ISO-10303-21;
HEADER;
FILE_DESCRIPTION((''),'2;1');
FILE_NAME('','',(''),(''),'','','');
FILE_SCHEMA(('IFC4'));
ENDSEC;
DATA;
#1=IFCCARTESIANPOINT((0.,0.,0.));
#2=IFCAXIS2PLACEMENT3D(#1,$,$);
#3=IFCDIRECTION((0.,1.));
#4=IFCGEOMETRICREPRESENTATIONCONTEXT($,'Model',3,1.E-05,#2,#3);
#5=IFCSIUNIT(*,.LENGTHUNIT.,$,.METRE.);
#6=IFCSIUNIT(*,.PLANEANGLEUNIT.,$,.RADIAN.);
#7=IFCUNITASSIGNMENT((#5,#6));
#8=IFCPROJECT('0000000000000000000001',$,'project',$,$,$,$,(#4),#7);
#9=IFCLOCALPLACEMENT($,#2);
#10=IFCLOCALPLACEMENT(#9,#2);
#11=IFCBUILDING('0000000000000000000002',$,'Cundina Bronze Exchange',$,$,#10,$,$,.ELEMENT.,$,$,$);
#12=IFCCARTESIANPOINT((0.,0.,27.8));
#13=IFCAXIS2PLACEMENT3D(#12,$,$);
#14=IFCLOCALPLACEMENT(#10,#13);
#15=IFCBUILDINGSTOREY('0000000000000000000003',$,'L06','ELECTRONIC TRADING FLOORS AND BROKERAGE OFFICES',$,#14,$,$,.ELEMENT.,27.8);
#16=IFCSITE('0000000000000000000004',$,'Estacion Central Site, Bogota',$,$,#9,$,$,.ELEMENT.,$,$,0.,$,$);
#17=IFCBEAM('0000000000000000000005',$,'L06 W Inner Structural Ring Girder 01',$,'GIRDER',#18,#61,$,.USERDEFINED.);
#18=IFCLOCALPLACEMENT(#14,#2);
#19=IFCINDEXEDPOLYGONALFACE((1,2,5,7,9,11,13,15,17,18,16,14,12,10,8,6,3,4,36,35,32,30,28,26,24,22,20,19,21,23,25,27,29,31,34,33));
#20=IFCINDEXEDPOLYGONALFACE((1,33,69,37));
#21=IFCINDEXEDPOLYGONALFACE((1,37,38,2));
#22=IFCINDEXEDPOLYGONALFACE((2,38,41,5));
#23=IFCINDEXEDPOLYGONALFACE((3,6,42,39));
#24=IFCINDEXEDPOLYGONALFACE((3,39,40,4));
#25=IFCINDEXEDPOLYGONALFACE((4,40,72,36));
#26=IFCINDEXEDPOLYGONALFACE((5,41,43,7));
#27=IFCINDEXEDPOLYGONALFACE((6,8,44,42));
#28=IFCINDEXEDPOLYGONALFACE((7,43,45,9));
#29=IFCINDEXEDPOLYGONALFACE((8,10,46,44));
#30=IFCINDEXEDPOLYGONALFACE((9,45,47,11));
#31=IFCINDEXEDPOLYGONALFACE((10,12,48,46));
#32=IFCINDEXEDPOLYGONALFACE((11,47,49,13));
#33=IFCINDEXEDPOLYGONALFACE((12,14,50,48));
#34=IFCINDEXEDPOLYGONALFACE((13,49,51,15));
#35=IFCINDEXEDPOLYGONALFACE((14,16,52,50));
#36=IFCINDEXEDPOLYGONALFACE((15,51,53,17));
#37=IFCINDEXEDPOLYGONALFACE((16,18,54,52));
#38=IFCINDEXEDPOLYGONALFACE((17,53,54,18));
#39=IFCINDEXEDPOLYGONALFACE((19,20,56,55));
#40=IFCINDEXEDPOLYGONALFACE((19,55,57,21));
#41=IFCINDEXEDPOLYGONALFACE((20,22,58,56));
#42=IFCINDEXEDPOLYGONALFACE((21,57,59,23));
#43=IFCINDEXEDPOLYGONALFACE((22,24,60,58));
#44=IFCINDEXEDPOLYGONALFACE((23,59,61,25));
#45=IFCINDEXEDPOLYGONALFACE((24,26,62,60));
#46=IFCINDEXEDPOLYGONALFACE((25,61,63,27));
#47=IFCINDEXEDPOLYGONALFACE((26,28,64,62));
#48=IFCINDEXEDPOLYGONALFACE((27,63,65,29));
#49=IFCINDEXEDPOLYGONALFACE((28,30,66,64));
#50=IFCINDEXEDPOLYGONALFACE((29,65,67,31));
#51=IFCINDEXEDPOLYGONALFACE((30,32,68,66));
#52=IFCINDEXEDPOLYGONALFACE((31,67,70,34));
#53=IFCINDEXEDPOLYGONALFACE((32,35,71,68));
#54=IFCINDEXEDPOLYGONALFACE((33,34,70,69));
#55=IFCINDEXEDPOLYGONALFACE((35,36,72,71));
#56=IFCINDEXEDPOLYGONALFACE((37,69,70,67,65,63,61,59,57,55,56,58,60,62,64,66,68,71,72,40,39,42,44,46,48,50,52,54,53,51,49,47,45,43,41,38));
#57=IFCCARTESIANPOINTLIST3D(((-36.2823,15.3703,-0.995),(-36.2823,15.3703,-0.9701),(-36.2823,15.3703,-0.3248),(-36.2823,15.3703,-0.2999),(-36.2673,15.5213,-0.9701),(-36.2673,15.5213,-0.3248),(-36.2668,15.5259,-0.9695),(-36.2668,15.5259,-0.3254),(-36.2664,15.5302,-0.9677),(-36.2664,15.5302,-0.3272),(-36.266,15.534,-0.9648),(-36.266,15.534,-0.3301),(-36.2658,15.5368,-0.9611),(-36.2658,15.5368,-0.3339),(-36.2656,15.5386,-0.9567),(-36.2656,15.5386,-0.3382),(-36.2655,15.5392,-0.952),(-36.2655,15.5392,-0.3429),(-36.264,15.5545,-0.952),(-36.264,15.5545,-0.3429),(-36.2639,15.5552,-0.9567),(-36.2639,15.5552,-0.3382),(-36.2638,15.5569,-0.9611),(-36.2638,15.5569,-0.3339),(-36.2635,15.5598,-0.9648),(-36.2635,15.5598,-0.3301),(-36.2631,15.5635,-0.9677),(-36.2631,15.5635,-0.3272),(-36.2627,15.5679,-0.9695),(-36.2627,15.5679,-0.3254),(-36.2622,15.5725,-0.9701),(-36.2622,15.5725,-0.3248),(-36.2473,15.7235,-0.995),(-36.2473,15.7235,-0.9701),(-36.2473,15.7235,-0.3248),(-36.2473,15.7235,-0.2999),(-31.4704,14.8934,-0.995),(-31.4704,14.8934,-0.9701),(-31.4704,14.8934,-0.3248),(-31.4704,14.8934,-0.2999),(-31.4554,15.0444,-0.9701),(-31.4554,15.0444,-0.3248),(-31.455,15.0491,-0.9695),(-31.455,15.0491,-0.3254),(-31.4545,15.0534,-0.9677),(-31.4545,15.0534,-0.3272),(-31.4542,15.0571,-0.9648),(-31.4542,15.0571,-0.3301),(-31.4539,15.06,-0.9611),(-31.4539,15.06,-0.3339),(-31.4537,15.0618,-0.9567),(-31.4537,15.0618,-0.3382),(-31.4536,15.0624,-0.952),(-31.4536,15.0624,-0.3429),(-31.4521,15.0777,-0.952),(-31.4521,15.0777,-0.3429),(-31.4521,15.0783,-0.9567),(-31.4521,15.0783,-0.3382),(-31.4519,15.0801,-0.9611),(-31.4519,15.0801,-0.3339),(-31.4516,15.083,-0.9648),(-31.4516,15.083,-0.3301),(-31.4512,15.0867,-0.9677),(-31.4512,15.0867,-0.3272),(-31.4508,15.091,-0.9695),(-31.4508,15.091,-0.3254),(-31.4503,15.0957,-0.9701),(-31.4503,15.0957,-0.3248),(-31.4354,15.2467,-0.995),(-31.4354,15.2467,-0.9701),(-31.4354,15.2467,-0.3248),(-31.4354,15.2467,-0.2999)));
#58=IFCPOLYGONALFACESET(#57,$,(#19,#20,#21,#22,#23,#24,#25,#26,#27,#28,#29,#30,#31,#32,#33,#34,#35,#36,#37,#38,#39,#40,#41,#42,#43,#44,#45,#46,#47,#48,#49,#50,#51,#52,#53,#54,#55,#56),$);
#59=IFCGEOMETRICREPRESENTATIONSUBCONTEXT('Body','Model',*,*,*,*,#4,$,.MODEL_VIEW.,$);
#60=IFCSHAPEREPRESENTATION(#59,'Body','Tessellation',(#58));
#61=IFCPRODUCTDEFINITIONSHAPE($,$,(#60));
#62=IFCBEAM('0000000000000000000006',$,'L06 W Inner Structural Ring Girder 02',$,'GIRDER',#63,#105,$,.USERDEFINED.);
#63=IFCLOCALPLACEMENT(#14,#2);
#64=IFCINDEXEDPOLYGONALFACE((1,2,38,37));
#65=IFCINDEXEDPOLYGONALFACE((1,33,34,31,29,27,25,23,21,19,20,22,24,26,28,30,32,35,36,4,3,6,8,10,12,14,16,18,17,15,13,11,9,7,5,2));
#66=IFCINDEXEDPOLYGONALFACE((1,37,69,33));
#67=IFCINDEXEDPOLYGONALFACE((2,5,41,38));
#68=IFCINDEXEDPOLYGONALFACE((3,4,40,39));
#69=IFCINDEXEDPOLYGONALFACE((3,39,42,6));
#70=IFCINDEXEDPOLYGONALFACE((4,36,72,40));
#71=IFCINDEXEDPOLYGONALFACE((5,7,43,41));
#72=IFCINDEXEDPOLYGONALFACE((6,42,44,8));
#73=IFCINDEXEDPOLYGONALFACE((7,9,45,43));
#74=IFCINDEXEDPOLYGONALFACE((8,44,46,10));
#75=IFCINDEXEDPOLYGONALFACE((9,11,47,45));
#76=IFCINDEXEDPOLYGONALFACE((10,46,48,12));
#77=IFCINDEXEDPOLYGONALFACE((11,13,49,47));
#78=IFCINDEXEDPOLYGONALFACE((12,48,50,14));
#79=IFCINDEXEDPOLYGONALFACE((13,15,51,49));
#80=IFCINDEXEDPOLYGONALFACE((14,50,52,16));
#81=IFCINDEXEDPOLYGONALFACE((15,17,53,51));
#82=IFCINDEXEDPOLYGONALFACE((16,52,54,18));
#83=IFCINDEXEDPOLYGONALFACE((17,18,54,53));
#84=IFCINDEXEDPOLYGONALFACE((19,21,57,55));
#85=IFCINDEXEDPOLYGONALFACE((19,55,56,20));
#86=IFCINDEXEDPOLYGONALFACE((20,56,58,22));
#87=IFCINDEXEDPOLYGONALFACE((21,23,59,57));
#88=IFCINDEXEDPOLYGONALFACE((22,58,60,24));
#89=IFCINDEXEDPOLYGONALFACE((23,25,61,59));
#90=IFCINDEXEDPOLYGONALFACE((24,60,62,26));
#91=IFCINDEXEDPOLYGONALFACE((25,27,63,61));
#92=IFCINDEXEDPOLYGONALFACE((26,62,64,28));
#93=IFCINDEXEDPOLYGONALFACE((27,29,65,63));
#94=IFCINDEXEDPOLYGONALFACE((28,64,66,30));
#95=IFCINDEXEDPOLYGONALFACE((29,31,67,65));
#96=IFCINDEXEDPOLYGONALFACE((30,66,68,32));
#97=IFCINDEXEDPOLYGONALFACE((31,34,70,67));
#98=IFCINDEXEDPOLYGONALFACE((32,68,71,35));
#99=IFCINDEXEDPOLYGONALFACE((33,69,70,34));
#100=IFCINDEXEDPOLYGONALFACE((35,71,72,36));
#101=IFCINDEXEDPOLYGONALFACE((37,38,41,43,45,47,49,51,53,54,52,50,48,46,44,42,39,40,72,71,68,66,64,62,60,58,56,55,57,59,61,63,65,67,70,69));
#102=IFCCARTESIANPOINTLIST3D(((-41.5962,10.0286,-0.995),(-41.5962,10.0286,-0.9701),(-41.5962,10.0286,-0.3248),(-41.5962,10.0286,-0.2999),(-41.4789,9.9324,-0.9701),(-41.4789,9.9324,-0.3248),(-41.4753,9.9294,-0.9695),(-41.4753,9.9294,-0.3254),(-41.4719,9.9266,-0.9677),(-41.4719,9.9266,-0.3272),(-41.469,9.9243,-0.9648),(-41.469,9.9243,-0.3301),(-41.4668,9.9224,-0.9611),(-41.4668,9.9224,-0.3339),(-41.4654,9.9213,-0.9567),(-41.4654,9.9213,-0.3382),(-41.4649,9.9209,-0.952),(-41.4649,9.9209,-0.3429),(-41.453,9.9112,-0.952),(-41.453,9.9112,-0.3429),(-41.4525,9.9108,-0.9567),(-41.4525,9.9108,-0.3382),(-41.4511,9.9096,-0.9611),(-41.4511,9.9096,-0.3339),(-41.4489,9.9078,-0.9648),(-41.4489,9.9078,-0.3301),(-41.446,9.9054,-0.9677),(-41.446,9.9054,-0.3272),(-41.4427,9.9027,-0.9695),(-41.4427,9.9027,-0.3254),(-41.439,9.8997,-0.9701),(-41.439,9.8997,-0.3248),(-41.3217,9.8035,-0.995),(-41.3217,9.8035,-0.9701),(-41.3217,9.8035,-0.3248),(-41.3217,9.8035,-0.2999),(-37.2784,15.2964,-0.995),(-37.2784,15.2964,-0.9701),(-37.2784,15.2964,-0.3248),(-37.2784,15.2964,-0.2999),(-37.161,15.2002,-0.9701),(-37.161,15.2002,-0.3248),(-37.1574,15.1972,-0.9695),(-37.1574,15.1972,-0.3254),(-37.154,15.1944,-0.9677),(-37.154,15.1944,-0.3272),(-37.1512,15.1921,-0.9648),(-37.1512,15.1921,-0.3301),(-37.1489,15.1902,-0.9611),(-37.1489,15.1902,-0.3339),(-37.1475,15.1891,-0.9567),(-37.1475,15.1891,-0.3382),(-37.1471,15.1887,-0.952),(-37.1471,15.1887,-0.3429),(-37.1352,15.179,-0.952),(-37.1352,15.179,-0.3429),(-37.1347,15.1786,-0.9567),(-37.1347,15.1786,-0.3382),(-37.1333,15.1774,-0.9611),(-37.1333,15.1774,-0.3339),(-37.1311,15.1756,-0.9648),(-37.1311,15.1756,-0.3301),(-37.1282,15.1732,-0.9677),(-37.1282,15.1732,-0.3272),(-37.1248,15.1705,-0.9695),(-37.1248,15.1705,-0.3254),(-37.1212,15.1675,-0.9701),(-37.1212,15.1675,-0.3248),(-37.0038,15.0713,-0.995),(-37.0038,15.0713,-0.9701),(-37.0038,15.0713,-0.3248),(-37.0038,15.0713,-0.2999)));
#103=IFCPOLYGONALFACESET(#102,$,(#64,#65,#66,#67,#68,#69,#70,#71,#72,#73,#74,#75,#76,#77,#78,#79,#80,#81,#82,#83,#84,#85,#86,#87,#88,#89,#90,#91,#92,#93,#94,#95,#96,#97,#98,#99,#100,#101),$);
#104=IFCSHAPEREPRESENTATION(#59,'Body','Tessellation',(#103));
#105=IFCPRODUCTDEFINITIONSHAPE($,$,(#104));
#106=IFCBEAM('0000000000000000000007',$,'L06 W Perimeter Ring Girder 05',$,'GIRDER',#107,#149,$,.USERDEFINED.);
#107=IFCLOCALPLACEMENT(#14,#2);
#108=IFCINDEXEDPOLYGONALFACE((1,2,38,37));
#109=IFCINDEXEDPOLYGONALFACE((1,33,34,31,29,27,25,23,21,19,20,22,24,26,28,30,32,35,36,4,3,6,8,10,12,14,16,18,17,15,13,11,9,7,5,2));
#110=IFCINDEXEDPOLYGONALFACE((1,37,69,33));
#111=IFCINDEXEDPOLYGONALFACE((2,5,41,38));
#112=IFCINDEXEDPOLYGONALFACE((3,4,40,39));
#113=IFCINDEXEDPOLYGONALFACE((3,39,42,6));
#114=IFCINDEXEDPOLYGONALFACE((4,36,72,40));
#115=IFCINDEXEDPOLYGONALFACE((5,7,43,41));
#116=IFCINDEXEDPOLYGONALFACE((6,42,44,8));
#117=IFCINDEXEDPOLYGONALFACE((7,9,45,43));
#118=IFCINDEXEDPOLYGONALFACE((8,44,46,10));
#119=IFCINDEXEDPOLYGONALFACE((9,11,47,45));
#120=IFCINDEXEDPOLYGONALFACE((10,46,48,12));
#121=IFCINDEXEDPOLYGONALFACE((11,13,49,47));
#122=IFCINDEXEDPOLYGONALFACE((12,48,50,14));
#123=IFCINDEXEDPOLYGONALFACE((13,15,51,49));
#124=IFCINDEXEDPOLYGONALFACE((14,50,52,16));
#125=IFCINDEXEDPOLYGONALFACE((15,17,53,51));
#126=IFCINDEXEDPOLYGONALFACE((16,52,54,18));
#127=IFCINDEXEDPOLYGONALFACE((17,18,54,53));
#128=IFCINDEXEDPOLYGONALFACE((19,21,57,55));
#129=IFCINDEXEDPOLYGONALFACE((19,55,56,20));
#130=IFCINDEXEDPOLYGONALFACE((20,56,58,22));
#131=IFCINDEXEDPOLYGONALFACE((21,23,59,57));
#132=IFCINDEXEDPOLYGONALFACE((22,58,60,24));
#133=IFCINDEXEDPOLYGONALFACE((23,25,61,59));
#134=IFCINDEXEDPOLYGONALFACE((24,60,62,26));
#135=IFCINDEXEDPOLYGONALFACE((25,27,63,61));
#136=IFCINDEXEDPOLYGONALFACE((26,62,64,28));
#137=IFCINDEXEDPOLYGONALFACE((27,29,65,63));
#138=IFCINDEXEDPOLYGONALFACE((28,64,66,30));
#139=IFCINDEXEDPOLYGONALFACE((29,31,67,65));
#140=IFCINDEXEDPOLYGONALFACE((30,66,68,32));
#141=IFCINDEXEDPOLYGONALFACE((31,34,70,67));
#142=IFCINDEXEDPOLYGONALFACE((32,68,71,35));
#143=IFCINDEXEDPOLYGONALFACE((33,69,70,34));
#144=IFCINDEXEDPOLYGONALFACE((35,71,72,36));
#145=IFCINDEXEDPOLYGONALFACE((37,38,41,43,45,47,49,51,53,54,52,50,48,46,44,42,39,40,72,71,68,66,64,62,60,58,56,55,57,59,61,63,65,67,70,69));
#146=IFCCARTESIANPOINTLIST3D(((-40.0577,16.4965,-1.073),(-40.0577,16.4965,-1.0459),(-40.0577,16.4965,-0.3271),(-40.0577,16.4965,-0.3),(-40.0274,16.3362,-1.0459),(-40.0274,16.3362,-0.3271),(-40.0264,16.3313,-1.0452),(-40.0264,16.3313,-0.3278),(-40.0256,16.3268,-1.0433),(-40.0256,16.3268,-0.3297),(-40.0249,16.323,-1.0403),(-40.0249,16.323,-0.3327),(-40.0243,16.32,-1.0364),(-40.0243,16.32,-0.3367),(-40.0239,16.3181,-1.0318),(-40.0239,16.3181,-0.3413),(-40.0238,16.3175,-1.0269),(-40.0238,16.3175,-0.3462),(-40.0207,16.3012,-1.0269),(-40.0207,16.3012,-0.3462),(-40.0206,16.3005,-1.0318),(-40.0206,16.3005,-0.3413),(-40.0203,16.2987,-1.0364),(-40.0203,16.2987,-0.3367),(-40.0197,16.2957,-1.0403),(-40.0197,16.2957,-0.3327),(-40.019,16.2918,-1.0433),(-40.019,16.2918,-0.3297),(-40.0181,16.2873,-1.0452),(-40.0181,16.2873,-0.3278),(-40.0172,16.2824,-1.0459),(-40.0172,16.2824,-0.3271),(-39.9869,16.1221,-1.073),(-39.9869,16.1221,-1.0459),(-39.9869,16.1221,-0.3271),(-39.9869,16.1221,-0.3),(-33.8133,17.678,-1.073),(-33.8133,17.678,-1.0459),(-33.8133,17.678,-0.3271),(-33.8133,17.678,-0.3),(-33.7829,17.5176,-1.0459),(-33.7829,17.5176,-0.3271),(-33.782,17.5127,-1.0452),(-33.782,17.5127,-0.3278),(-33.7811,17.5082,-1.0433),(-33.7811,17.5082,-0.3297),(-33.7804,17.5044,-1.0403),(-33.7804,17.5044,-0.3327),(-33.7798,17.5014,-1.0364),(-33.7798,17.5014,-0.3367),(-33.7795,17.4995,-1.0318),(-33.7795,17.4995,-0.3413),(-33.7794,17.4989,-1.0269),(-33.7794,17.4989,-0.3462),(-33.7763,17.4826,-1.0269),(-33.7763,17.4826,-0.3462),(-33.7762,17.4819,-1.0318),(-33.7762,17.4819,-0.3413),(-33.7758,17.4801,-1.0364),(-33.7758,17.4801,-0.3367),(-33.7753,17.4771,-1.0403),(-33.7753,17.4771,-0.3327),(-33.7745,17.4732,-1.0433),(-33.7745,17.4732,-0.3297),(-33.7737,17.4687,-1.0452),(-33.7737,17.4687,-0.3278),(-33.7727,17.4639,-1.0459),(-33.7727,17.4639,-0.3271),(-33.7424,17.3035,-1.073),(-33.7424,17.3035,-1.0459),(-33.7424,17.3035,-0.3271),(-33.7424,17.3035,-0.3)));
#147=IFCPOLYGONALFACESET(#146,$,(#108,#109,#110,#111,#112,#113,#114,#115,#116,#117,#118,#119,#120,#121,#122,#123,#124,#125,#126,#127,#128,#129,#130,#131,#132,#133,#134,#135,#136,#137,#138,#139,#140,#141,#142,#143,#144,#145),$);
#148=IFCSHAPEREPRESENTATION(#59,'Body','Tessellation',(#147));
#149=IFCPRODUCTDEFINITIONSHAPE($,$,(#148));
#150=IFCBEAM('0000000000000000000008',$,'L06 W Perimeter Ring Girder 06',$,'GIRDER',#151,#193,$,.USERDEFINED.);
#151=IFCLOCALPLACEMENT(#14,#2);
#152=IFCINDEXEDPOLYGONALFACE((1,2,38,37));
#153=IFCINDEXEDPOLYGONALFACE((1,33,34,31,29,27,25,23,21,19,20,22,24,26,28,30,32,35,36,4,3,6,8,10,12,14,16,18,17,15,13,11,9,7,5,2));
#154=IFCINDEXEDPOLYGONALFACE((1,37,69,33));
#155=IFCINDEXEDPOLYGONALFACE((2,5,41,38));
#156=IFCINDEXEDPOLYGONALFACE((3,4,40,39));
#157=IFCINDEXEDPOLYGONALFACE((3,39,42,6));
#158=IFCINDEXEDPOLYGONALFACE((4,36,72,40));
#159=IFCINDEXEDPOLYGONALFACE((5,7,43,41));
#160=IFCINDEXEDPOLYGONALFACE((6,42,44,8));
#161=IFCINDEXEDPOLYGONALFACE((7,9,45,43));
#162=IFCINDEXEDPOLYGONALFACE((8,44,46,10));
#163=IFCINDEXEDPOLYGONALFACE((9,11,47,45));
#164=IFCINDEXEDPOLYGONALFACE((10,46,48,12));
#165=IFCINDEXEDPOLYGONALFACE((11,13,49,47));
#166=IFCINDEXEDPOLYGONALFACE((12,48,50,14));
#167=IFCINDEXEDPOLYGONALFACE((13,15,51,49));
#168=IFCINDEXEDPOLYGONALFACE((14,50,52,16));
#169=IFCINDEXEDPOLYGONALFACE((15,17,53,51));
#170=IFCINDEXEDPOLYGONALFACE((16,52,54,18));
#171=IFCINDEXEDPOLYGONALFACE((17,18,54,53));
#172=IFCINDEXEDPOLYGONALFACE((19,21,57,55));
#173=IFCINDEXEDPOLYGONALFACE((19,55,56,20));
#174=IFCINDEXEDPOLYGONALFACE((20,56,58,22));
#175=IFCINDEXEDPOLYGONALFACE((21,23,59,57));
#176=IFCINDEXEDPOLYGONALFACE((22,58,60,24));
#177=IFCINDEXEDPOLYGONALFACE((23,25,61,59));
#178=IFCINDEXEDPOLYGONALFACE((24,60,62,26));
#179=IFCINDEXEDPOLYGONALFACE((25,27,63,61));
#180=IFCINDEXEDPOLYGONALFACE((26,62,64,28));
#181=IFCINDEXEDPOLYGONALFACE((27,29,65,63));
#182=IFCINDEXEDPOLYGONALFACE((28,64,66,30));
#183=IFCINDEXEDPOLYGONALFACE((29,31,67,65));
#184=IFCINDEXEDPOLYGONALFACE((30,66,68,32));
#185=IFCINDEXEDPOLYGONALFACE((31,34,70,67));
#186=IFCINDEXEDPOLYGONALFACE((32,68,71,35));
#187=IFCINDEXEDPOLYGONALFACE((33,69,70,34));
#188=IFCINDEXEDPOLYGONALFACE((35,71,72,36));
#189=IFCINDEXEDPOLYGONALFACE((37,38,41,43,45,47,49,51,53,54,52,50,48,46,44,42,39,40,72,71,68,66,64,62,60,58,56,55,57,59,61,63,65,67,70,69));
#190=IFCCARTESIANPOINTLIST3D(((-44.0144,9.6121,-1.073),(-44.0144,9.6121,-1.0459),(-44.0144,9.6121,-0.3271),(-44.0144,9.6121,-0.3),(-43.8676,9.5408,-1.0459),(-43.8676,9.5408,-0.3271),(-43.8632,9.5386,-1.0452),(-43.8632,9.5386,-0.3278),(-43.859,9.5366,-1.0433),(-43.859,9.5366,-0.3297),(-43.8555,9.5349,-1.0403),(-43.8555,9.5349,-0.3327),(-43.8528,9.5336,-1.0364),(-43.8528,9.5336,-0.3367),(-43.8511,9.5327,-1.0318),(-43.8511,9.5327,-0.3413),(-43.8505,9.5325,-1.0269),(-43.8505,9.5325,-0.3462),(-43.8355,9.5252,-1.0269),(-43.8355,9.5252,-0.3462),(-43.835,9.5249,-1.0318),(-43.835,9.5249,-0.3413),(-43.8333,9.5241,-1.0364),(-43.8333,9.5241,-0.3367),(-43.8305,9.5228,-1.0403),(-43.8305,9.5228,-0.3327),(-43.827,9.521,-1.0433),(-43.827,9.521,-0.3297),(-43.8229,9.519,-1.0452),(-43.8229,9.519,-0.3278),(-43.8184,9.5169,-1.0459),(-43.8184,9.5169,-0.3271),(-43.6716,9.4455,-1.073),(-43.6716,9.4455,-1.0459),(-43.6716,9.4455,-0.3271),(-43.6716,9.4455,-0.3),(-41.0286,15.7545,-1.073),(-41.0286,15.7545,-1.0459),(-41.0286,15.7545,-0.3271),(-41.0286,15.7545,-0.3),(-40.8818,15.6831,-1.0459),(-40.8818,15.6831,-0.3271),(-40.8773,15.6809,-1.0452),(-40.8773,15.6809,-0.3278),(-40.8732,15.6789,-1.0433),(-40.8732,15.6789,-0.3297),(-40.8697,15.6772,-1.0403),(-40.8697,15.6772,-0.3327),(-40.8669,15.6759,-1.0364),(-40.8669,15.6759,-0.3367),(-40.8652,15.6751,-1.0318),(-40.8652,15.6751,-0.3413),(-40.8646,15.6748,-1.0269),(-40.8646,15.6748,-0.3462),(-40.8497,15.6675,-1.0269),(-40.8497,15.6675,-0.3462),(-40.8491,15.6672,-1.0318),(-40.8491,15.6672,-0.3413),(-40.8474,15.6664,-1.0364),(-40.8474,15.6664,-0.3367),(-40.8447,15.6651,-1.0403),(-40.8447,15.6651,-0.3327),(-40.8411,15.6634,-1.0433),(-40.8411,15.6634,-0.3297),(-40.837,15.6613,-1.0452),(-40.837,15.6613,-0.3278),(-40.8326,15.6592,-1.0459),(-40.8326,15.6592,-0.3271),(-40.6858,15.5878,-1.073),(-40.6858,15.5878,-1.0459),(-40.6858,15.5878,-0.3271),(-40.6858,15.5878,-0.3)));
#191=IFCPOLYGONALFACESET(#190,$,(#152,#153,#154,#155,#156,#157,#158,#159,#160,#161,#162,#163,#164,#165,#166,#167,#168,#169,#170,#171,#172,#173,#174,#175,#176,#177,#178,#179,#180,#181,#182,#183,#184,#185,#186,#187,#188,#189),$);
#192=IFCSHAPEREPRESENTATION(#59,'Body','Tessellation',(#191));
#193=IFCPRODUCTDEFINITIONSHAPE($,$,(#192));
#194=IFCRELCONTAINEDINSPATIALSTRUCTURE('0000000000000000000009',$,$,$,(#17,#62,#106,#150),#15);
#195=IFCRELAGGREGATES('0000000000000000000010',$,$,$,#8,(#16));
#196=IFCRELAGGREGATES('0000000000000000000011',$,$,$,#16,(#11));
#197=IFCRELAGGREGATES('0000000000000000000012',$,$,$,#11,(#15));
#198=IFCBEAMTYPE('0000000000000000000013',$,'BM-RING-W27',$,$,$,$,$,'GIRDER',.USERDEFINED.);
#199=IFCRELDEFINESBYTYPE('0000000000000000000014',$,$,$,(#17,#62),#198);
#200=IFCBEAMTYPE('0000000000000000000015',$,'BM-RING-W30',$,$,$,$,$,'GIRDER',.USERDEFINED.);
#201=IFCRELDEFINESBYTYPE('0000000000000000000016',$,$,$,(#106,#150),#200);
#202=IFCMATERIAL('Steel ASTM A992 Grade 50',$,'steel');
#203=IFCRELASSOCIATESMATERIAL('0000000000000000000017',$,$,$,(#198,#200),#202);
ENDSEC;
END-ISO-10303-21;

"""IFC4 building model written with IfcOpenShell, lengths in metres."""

from ifc_helpers import new_model, si_unit, direction, frame, origin, origin_2d, place, context, subcontext, project, spatial, i_section, extrude, material, material_profile, profile_set, type_object, element, save


model = new_model("IFC4")

# Units and contexts
model_context = context("Model", 3, precision=1e-05, world=origin(), true_north=direction((0.0, 1.0)))
body_context = subcontext(model_context, "Body", "Model", "MODEL_VIEW")
ifc_project = project(units=[si_unit("LENGTHUNIT", "METRE"), si_unit("PLANEANGLEUNIT", "RADIAN")], contexts=[model_context])

# Site, building, storey
site_placement = place(None, origin())
site = spatial("IfcSite", under=ifc_project, at=site_placement, Name="Estacion Central Site, Bogota", CompositionType="ELEMENT", RefElevation=0.0)
building_placement = place(site_placement, origin())
building = spatial("IfcBuilding", under=site, at=building_placement, Name="Cundina Bronze Exchange", CompositionType="ELEMENT")
storey_placement = place(building_placement, frame((0.0, 0.0, 27.8)))
storey = spatial("IfcBuildingStorey", under=building, at=storey_placement, Name="L06", Description="ELECTRONIC TRADING FLOORS AND BROKERAGE OFFICES", CompositionType="ELEMENT", Elevation=27.8)

# Shared definitions
ifc_material_1 = material(Name="Steel ASTM A992 Grade 50", Category="steel")

# Beams
ifc_material_profile_1 = material_profile(ifc_material_1, i_section(OverallWidth=0.355, OverallDepth=0.6951, WebThickness=0.0154, FlangeThickness=0.0249, FilletRadius=0.0181, at=origin_2d()), Name="W27X146", Category="steel")
ifc_profile_set_1 = profile_set([ifc_material_profile_1], Name="Steel ASTM A992 Grade 50")
beam_type_1 = type_object("IfcBeamType", Name="BM-RING-W27", ElementType="GIRDER", PredefinedType="USERDEFINED", material=ifc_profile_set_1)
beam_1_placement = place(storey_placement, frame((-31.4529, 15.0701, -0.6475), z_axis=(-0.995126, 0.098609, 0.0), x_axis=(-0.098609, -0.995126, 0.0)))
element("IfcBeam", 1, at=beam_1_placement, inside=storey, type_object=beam_type_1, Name="L06 W Inner Structural Ring Girder 01", ObjectType="GIRDER", PredefinedType="USERDEFINED", context=body_context, shape_type="SweptSolid", body=[
    extrude(i_section(OverallWidth=0.355, OverallDepth=0.6951, WebThickness=0.0154, FlangeThickness=0.0249, FilletRadius=0.0181, at=origin_2d()), origin(), (0.0, 0.0, 1.0), 4.8354),
])
beam_2_placement = place(storey_placement, frame((-37.1411, 15.1838, -0.6475), z_axis=(-0.633927, -0.773393, 0.0), x_axis=(0.773393, -0.633927, 0.0)))
element("IfcBeam", 2, at=beam_2_placement, inside=storey, type_object=beam_type_1, Name="L06 W Inner Structural Ring Girder 02", ObjectType="GIRDER", PredefinedType="USERDEFINED", context=body_context, shape_type="SweptSolid", body=[
    extrude(i_section(OverallWidth=0.355, OverallDepth=0.6951, WebThickness=0.0154, FlangeThickness=0.0249, FilletRadius=0.0181, at=origin_2d()), origin(), (0.0, 0.0, 1.0), 6.8113),
])
ifc_material_profile_2 = material_profile(ifc_material_1, i_section(OverallWidth=0.3811, OverallDepth=0.7729, WebThickness=0.0166, FlangeThickness=0.0271, FilletRadius=0.019, at=origin_2d()), Name="W30X173", Category="steel")
ifc_profile_set_2 = profile_set([ifc_material_profile_2], Name="Steel ASTM A992 Grade 50")
beam_type_2 = type_object("IfcBeamType", Name="BM-RING-W30", ElementType="GIRDER", PredefinedType="USERDEFINED", material=ifc_profile_set_2)
beam_3_placement = place(storey_placement, frame((-33.7778, 17.4907, -0.6865), z_axis=(-0.982569, -0.185896, 0.0), x_axis=(0.185896, -0.982569, 0.0)))
element("IfcBeam", 3, at=beam_3_placement, inside=storey, type_object=beam_type_2, Name="L06 W Perimeter Ring Girder 05", ObjectType="GIRDER", PredefinedType="USERDEFINED", context=body_context, shape_type="SweptSolid", body=[
    extrude(i_section(OverallWidth=0.3811, OverallDepth=0.7729, WebThickness=0.0166, FlangeThickness=0.0271, FilletRadius=0.019, at=origin_2d()), origin(), (0.0, 0.0, 1.0), 6.3552),
])
beam_4_placement = place(storey_placement, frame((-40.8572, 15.6711, -0.6865), z_axis=(-0.437191, -0.899369, 0.0), x_axis=(0.899369, -0.437191, 0.0)))
element("IfcBeam", 4, at=beam_4_placement, inside=storey, type_object=beam_type_2, Name="L06 W Perimeter Ring Girder 06", ObjectType="GIRDER", PredefinedType="USERDEFINED", context=body_context, shape_type="SweptSolid", body=[
    extrude(i_section(OverallWidth=0.3811, OverallDepth=0.7729, WebThickness=0.0166, FlangeThickness=0.0271, FilletRadius=0.019, at=origin_2d()), origin(), (0.0, 0.0, 1.0), 6.8296),
])

save(model, "model.ifc")
